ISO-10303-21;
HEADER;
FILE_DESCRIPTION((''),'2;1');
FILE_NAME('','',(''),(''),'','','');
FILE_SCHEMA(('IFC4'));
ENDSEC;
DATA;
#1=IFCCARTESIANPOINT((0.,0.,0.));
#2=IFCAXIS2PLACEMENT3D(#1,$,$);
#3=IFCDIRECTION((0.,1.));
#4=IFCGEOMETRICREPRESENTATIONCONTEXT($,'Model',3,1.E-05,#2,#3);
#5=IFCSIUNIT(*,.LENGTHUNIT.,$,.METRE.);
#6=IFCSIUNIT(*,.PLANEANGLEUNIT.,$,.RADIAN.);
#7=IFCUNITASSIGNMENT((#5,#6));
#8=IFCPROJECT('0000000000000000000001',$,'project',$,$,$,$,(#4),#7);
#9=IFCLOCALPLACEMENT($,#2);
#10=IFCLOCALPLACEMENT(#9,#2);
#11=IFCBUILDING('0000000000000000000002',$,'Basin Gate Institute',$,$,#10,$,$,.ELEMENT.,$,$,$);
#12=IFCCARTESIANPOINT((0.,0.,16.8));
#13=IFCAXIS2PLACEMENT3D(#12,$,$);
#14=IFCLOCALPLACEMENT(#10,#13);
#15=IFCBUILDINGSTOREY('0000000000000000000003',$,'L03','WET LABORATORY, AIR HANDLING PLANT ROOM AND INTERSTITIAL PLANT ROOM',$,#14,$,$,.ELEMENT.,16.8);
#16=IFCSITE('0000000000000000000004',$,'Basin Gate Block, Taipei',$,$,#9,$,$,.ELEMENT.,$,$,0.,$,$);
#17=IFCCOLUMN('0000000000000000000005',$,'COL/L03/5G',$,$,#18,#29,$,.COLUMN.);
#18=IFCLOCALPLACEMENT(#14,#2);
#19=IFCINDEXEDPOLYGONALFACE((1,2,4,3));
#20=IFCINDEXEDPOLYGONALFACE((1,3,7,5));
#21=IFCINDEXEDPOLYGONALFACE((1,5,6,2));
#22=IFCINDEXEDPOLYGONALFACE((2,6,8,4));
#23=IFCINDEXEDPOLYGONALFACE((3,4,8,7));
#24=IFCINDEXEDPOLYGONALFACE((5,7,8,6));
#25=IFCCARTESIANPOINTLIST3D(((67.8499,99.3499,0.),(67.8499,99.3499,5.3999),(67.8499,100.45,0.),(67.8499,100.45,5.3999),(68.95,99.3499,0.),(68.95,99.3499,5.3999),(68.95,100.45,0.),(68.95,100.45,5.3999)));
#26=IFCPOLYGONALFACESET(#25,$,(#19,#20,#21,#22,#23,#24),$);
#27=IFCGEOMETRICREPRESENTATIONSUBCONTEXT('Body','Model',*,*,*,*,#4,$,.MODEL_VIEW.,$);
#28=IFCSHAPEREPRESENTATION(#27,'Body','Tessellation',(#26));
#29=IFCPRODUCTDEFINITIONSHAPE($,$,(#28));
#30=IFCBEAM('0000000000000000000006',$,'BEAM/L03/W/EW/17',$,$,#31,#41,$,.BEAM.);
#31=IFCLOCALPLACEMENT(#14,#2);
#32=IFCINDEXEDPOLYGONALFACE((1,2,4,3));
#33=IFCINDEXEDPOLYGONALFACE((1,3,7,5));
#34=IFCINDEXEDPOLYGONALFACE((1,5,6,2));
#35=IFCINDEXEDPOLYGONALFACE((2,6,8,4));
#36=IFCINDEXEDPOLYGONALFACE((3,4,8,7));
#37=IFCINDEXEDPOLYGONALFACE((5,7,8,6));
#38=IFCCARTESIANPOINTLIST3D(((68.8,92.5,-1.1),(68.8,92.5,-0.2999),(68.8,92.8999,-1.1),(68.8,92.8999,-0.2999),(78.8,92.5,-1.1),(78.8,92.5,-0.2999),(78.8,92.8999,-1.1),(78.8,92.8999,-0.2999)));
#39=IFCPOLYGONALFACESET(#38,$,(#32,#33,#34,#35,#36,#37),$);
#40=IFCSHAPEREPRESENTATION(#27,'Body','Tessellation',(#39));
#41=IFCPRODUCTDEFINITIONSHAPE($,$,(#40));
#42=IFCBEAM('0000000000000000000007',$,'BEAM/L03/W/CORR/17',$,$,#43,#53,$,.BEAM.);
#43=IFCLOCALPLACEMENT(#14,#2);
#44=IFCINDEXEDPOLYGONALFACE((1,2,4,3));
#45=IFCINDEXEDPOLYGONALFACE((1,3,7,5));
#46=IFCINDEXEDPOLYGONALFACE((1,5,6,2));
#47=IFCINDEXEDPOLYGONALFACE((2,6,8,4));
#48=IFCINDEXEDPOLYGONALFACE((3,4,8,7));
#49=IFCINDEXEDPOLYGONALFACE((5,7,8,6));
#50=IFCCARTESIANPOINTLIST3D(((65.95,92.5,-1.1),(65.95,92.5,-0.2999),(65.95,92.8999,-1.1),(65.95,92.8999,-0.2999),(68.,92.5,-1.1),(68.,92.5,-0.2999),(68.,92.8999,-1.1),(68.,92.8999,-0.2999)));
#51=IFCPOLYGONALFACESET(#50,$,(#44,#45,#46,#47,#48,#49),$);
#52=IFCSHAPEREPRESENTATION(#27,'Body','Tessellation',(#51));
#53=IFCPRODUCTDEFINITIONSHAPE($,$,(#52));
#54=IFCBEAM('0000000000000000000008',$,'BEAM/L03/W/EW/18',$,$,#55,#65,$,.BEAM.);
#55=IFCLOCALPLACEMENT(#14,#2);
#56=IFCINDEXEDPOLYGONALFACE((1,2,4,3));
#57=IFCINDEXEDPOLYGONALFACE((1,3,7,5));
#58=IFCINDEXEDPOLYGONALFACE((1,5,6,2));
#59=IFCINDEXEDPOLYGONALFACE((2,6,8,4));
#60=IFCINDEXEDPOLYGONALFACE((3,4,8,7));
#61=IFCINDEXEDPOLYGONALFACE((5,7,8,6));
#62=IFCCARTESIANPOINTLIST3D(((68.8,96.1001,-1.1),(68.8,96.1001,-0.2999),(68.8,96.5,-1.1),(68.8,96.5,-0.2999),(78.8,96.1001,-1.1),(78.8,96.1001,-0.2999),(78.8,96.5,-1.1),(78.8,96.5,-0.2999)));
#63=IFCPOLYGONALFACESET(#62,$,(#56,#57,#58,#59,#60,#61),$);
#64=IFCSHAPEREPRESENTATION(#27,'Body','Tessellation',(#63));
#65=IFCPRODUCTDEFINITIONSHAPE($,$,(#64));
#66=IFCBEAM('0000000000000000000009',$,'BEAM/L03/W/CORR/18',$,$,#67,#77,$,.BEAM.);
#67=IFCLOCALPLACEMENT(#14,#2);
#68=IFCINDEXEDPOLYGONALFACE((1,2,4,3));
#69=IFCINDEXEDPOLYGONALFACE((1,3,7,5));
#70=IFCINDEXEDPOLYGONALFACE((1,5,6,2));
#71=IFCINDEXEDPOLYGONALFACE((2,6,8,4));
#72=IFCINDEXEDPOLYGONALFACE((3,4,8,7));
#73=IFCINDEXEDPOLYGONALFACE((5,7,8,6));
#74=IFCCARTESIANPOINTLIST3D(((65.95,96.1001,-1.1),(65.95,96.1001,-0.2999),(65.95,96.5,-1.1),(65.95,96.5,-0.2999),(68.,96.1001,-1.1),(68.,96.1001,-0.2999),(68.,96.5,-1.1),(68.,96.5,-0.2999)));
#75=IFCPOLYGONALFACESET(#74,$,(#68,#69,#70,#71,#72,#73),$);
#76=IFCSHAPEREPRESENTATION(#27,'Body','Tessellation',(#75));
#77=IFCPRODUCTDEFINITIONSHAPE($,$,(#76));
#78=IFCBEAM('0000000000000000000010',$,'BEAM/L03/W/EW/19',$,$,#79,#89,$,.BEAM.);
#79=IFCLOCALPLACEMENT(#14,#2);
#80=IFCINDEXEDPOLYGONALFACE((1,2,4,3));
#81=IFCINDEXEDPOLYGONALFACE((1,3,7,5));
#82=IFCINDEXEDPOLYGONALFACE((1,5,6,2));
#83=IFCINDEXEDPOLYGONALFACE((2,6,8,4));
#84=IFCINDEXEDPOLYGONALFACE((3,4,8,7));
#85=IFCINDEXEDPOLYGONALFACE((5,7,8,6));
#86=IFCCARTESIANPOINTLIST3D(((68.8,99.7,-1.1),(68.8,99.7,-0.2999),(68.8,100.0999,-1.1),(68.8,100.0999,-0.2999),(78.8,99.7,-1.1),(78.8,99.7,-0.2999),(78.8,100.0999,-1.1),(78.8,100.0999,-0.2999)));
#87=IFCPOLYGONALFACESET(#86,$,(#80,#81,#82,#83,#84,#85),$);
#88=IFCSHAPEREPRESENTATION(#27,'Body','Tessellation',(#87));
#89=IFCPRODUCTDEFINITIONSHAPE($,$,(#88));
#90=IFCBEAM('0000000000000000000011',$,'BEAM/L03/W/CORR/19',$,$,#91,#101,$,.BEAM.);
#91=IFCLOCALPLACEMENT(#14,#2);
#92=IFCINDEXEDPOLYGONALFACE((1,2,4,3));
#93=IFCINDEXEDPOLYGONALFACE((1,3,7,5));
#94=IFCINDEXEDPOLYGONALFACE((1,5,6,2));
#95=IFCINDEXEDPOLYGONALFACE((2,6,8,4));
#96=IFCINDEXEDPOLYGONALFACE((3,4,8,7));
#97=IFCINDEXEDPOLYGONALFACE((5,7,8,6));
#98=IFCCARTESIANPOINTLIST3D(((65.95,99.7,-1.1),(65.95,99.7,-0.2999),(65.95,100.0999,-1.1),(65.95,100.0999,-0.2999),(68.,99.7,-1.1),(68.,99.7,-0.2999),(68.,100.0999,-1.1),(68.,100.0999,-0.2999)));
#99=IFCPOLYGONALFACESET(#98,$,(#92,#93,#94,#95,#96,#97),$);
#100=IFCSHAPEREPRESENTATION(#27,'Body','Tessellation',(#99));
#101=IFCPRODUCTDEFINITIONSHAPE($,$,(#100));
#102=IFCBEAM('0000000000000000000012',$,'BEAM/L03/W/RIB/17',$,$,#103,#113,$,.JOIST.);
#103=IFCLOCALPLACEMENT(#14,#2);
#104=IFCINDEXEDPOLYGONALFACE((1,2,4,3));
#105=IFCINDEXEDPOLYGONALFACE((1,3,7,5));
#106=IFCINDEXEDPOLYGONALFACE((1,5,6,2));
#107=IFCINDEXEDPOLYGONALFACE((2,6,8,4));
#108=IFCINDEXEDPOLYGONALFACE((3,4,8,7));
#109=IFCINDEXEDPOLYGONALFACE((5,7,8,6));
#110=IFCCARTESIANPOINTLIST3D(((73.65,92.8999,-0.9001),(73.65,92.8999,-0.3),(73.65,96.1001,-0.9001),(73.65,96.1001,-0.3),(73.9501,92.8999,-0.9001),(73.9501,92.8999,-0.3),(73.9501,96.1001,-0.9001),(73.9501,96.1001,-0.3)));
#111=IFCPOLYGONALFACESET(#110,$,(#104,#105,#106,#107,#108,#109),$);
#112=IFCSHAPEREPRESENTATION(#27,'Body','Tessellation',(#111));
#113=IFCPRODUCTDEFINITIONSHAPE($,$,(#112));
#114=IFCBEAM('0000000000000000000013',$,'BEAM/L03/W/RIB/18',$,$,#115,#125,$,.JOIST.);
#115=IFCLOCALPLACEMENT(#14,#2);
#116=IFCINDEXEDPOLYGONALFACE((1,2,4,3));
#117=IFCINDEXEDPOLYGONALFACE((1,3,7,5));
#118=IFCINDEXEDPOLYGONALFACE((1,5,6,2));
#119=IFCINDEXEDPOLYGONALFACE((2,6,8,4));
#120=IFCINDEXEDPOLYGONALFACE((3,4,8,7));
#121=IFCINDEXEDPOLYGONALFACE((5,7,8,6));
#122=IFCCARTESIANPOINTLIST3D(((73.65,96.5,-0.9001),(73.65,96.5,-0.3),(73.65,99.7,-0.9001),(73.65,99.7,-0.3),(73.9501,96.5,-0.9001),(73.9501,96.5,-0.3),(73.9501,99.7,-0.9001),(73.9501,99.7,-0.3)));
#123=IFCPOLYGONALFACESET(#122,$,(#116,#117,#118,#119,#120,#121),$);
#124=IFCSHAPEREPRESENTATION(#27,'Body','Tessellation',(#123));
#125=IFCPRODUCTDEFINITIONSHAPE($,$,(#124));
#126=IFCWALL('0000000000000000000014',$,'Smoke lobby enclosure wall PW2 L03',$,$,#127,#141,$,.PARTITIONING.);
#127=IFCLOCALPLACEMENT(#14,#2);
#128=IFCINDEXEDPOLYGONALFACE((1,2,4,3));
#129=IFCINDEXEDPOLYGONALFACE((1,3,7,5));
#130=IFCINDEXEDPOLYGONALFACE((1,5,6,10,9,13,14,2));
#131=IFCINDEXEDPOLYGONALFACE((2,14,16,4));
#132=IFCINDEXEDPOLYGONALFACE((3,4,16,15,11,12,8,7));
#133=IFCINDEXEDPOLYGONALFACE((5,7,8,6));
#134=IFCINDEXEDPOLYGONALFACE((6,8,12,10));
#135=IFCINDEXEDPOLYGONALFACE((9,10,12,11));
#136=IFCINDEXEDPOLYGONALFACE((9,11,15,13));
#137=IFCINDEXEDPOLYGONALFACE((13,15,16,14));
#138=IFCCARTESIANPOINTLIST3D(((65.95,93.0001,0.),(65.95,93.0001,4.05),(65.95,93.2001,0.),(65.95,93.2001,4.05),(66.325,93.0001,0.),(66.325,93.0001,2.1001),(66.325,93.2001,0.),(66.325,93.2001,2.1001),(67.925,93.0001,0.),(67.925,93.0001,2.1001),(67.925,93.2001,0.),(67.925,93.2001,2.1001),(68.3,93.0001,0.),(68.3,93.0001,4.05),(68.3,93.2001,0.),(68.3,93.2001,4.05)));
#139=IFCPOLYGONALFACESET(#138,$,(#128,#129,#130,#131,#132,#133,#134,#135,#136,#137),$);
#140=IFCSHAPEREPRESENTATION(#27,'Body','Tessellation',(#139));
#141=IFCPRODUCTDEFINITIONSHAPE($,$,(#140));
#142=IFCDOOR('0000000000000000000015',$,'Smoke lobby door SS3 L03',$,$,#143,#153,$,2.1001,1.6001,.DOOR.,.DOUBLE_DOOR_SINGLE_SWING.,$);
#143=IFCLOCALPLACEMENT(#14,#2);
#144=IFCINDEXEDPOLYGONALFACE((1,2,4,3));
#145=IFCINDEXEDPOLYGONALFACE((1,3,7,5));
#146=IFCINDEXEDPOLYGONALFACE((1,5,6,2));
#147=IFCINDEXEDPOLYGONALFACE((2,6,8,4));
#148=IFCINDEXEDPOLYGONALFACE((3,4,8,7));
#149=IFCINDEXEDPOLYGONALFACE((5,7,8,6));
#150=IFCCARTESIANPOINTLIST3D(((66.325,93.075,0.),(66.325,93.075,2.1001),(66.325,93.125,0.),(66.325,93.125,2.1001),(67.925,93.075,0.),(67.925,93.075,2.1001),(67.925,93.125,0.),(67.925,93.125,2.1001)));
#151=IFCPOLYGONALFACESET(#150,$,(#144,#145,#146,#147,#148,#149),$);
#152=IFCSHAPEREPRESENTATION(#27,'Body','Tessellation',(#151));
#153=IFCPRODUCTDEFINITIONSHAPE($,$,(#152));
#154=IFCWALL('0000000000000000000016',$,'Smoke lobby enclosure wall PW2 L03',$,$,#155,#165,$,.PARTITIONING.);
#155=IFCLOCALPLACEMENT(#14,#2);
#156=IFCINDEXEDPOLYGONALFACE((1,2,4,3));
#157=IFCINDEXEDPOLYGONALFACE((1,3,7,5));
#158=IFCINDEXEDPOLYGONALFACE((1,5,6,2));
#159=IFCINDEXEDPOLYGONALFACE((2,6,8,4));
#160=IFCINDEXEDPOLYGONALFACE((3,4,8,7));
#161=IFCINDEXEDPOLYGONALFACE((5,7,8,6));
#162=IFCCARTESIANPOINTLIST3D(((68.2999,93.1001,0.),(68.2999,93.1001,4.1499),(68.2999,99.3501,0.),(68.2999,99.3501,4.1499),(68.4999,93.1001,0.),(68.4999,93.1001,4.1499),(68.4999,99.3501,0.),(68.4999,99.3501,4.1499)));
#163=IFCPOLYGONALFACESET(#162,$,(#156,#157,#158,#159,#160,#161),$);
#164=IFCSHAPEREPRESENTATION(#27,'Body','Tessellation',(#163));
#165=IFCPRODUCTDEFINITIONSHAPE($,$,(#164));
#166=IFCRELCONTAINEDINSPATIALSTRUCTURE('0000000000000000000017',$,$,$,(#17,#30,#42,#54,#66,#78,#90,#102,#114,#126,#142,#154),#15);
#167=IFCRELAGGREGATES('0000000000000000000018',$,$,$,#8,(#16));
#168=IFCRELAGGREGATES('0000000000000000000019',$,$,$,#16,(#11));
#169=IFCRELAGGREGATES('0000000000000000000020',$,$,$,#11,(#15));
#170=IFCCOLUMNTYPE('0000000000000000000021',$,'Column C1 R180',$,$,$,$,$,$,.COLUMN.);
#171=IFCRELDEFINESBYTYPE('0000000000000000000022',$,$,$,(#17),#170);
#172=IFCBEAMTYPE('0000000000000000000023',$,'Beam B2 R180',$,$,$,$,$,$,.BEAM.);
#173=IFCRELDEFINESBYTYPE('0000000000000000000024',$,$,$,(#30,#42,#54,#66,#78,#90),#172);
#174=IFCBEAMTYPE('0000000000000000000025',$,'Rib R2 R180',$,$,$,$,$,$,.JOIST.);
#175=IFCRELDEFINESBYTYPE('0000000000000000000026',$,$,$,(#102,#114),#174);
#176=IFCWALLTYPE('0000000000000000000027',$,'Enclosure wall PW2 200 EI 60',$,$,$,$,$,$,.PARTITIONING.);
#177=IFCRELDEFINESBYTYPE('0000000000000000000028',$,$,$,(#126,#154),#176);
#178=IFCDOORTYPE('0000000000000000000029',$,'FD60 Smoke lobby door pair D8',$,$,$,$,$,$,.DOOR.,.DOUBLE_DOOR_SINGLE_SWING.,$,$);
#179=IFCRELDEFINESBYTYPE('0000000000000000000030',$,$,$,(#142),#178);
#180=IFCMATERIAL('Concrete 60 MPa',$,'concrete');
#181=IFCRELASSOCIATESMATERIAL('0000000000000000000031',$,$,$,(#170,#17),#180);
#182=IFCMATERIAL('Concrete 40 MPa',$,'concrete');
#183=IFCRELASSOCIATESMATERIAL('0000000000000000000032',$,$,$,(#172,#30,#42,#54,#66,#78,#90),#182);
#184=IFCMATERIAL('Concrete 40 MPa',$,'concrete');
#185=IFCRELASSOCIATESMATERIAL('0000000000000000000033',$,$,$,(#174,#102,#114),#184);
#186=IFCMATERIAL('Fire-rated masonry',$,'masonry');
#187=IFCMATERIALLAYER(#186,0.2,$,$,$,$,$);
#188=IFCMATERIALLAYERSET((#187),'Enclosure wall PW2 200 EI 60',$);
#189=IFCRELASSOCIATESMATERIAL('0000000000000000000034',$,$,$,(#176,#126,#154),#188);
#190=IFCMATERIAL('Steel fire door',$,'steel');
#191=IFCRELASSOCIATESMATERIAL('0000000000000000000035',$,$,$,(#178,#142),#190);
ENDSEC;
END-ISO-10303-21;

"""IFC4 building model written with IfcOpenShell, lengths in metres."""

from ifc_helpers import new_model, si_unit, direction, frame, frame_2d, origin, origin_2d, place, context, subcontext, project, spatial, rectangle, extrude, material, layer, layer_set, material_profile, profile_set, type_object, element, fill, save


model = new_model("IFC4")

# Units and contexts
model_context = context("Model", 3, precision=1e-05, world=origin(), true_north=direction((0.0, 1.0)))
body_context = subcontext(model_context, "Body", "Model", "MODEL_VIEW")
ifc_project = project(units=[si_unit("LENGTHUNIT", "METRE"), si_unit("PLANEANGLEUNIT", "RADIAN")], contexts=[model_context])

# Site, building, storey
site_placement = place(None, origin())
site = spatial("IfcSite", under=ifc_project, at=site_placement, Name="Basin Gate Block, Taipei", CompositionType="ELEMENT", RefElevation=0.0)
building_placement = place(site_placement, origin())
building = spatial("IfcBuilding", under=site, at=building_placement, Name="Basin Gate Institute", CompositionType="ELEMENT")
storey_placement = place(building_placement, frame((0.0, 0.0, 16.8)))
storey = spatial("IfcBuildingStorey", under=building, at=storey_placement, Name="L03", Description="WET LABORATORY, AIR HANDLING PLANT ROOM AND INTERSTITIAL PLANT ROOM", CompositionType="ELEMENT", Elevation=16.8)

# Column
ifc_material_1 = material(Name="Concrete 60 MPa", Category="concrete")
ifc_material_profile_1 = material_profile(ifc_material_1, rectangle(XDim=1.1001, YDim=1.1001, at=origin_2d()), Name="Column C1 1100 x 1100")
ifc_profile_set_1 = profile_set([ifc_material_profile_1], Name="Concrete 60 MPa")
column_type = type_object("IfcColumnType", Name="Column C1 R180", PredefinedType="COLUMN", material=ifc_profile_set_1)
column_placement = place(storey_placement, frame((68.3999, 99.8999, 0.0), z_axis=(0.0, 0.0, 1.0), x_axis=(1.0, 0.0, 0.0)))
element("IfcColumn", 1, at=column_placement, inside=storey, type_object=column_type, material=ifc_profile_set_1, Name="COL/L03/5G", PredefinedType="COLUMN", context=body_context, shape_type="SweptSolid", body=[
    extrude(rectangle(XDim=1.1001, YDim=1.1001, at=origin_2d()), origin(), (0.0, 0.0, 1.0), 5.3999),
])

# Beams
ifc_material_2 = material(Name="Concrete 40 MPa", Category="concrete")
ifc_material_profile_2 = material_profile(ifc_material_2, rectangle(XDim=0.3999, YDim=0.8, at=origin_2d()), Name="Beam B2 400 x 800")
ifc_profile_set_2 = profile_set([ifc_material_profile_2], Name="Concrete 40 MPa")
beam_type_1 = type_object("IfcBeamType", Name="Beam B2 R180", PredefinedType="BEAM", material=ifc_profile_set_2)
beam_1_placement = place(storey_placement, frame((68.8, 92.7, -0.7), z_axis=(1.0, 0.0, 0.0), x_axis=(0.0, 1.0, 0.0)))
element("IfcBeam", 2, at=beam_1_placement, inside=storey, type_object=beam_type_1, material=ifc_profile_set_2, Name="BEAM/L03/W/EW/17", PredefinedType="BEAM", context=body_context, shape_type="SweptSolid", body=[
    extrude(rectangle(XDim=0.3999, YDim=0.8, at=origin_2d()), origin(), (0.0, 0.0, 1.0), 10.0),
])
beam_2_placement = place(storey_placement, frame((65.95, 92.7, -0.7), z_axis=(1.0, 0.0, 0.0), x_axis=(0.0, 1.0, 0.0)))
element("IfcBeam", 3, at=beam_2_placement, inside=storey, type_object=beam_type_1, material=ifc_profile_set_2, Name="BEAM/L03/W/CORR/17", PredefinedType="BEAM", context=body_context, shape_type="SweptSolid", body=[
    extrude(rectangle(XDim=0.3999, YDim=0.8, at=origin_2d()), origin(), (0.0, 0.0, 1.0), 2.05),
])
beam_3_placement = place(storey_placement, frame((68.8, 96.3, -0.7), z_axis=(1.0, 0.0, 0.0), x_axis=(0.0, 1.0, 0.0)))
element("IfcBeam", 4, at=beam_3_placement, inside=storey, type_object=beam_type_1, material=ifc_profile_set_2, Name="BEAM/L03/W/EW/18", PredefinedType="BEAM", context=body_context, shape_type="SweptSolid", body=[
    extrude(rectangle(XDim=0.3999, YDim=0.8, at=origin_2d()), origin(), (0.0, 0.0, 1.0), 10.0),
])
beam_4_placement = place(storey_placement, frame((65.95, 96.3, -0.7), z_axis=(1.0, 0.0, 0.0), x_axis=(0.0, 1.0, 0.0)))
element("IfcBeam", 5, at=beam_4_placement, inside=storey, type_object=beam_type_1, material=ifc_profile_set_2, Name="BEAM/L03/W/CORR/18", PredefinedType="BEAM", context=body_context, shape_type="SweptSolid", body=[
    extrude(rectangle(XDim=0.3999, YDim=0.8, at=origin_2d()), origin(), (0.0, 0.0, 1.0), 2.05),
])
beam_5_placement = place(storey_placement, frame((68.8, 99.8999, -0.7), z_axis=(1.0, 0.0, 0.0), x_axis=(0.0, 1.0, 0.0)))
element("IfcBeam", 6, at=beam_5_placement, inside=storey, type_object=beam_type_1, material=ifc_profile_set_2, Name="BEAM/L03/W/EW/19", PredefinedType="BEAM", context=body_context, shape_type="SweptSolid", body=[
    extrude(rectangle(XDim=0.3999, YDim=0.8, at=origin_2d()), origin(), (0.0, 0.0, 1.0), 10.0),
])
beam_6_placement = place(storey_placement, frame((65.95, 99.8999, -0.7), z_axis=(1.0, 0.0, 0.0), x_axis=(0.0, 1.0, 0.0)))
element("IfcBeam", 7, at=beam_6_placement, inside=storey, type_object=beam_type_1, material=ifc_profile_set_2, Name="BEAM/L03/W/CORR/19", PredefinedType="BEAM", context=body_context, shape_type="SweptSolid", body=[
    extrude(rectangle(XDim=0.3999, YDim=0.8, at=origin_2d()), origin(), (0.0, 0.0, 1.0), 2.05),
])
ifc_material_3 = material(Name="Concrete 40 MPa", Category="concrete")
ifc_material_profile_3 = material_profile(ifc_material_3, rectangle(XDim=0.3, YDim=0.6001, at=origin_2d()), Name="Rib R2 300 x 600")
ifc_profile_set_3 = profile_set([ifc_material_profile_3], Name="Concrete 40 MPa")
beam_type_2 = type_object("IfcBeamType", Name="Rib R2 R180", PredefinedType="JOIST", material=ifc_profile_set_3)
beam_7_placement = place(storey_placement, frame((73.8, 92.8999, -0.6001), z_axis=(0.0, 1.0, 0.0), x_axis=(-1.0, 0.0, 0.0)))
element("IfcBeam", 8, at=beam_7_placement, inside=storey, type_object=beam_type_2, material=ifc_profile_set_3, Name="BEAM/L03/W/RIB/17", PredefinedType="JOIST", context=body_context, shape_type="SweptSolid", body=[
    extrude(rectangle(XDim=0.3, YDim=0.6001, at=origin_2d()), origin(), (0.0, 0.0, 1.0), 3.2002),
])
beam_8_placement = place(storey_placement, frame((73.8, 96.5, -0.6001), z_axis=(0.0, 1.0, 0.0), x_axis=(-1.0, 0.0, 0.0)))
element("IfcBeam", 9, at=beam_8_placement, inside=storey, type_object=beam_type_2, material=ifc_profile_set_3, Name="BEAM/L03/W/RIB/18", PredefinedType="JOIST", context=body_context, shape_type="SweptSolid", body=[
    extrude(rectangle(XDim=0.3, YDim=0.6001, at=origin_2d()), origin(), (0.0, 0.0, 1.0), 3.2),
])

# Wall, opening, door
ifc_material_4 = material(Name="Fire-rated masonry", Category="masonry")
ifc_layer_1 = layer(ifc_material_4, 0.2)
ifc_layer_set_1 = layer_set([ifc_layer_1], Name="Enclosure wall PW2 200 EI 60")
wall_type_1 = type_object("IfcWallType", Name="Enclosure wall PW2 200 EI 60", PredefinedType="PARTITIONING", material=ifc_layer_set_1)
wall_1_placement = place(storey_placement, frame((65.95, 93.1001, 0.0), z_axis=(0.0, 0.0, 1.0), x_axis=(1.0, 0.0, 0.0)))
wall_1 = element("IfcWall", 10, at=wall_1_placement, inside=storey, type_object=wall_type_1, material=ifc_layer_set_1, Name="Smoke lobby enclosure wall PW2 L03", PredefinedType="PARTITIONING", context=body_context, shape_type="SweptSolid", body=[
    extrude(rectangle(XDim=2.3501, YDim=0.2, at=frame_2d((1.175, 0.0))), origin(), (0.0, 0.0, 1.0), 4.05),
])
opening_1_placement = place(wall_1_placement, frame((0.375, 0.0, 0.0)))
opening_1 = element("IfcOpeningElement", 11, at=opening_1_placement, cuts=wall_1, PredefinedType="OPENING", context=body_context, shape_type="SweptSolid", body=[
    extrude(rectangle(XDim=1.6001, YDim=2.1001, at=frame_2d((0.8, 1.05))), frame((0.0, 0.1099, 0.0), z_axis=(0.0, -1.0, 0.0), x_axis=(1.0, 0.0, 0.0)), (0.0, 0.0, 1.0), 0.22),
])
ifc_material_5 = material(Name="Steel fire door", Category="steel")
door_type = type_object("IfcDoorType", Name="FD60 Smoke lobby door pair D8", OperationType="DOUBLE_DOOR_SINGLE_SWING", PredefinedType="DOOR", material=ifc_material_5)
door_placement = place(opening_1_placement, origin())
door = element("IfcDoor", 12, at=door_placement, inside=storey, type_object=door_type, material=ifc_material_5, Name="Smoke lobby door SS3 L03", OperationType="DOUBLE_DOOR_SINGLE_SWING", OverallHeight=2.1001, OverallWidth=1.6001, PredefinedType="DOOR", context=body_context, shape_type="SweptSolid", body=[
    extrude(rectangle(XDim=1.6001, YDim=2.1001, at=frame_2d((0.8, 1.05))), frame((0.0, 0.0249, 0.0), z_axis=(0.0, -1.0, 0.0), x_axis=(1.0, 0.0, 0.0)), (0.0, 0.0, 1.0), 0.05),
])
fill(opening_1, door)

# Wall
wall_2_placement = place(storey_placement, frame((68.3999, 93.1001, 0.0), z_axis=(0.0, 0.0, 1.0), x_axis=(0.0, 1.0, 0.0)))
element("IfcWall", 13, at=wall_2_placement, inside=storey, type_object=wall_type_1, material=ifc_layer_set_1, Name="Smoke lobby enclosure wall PW2 L03", PredefinedType="PARTITIONING", context=body_context, shape_type="SweptSolid", body=[
    extrude(rectangle(XDim=6.25, YDim=0.2, at=frame_2d((3.125, 0.0))), origin(), (0.0, 0.0, 1.0), 4.1499),
])

save(model, "model.ifc")
